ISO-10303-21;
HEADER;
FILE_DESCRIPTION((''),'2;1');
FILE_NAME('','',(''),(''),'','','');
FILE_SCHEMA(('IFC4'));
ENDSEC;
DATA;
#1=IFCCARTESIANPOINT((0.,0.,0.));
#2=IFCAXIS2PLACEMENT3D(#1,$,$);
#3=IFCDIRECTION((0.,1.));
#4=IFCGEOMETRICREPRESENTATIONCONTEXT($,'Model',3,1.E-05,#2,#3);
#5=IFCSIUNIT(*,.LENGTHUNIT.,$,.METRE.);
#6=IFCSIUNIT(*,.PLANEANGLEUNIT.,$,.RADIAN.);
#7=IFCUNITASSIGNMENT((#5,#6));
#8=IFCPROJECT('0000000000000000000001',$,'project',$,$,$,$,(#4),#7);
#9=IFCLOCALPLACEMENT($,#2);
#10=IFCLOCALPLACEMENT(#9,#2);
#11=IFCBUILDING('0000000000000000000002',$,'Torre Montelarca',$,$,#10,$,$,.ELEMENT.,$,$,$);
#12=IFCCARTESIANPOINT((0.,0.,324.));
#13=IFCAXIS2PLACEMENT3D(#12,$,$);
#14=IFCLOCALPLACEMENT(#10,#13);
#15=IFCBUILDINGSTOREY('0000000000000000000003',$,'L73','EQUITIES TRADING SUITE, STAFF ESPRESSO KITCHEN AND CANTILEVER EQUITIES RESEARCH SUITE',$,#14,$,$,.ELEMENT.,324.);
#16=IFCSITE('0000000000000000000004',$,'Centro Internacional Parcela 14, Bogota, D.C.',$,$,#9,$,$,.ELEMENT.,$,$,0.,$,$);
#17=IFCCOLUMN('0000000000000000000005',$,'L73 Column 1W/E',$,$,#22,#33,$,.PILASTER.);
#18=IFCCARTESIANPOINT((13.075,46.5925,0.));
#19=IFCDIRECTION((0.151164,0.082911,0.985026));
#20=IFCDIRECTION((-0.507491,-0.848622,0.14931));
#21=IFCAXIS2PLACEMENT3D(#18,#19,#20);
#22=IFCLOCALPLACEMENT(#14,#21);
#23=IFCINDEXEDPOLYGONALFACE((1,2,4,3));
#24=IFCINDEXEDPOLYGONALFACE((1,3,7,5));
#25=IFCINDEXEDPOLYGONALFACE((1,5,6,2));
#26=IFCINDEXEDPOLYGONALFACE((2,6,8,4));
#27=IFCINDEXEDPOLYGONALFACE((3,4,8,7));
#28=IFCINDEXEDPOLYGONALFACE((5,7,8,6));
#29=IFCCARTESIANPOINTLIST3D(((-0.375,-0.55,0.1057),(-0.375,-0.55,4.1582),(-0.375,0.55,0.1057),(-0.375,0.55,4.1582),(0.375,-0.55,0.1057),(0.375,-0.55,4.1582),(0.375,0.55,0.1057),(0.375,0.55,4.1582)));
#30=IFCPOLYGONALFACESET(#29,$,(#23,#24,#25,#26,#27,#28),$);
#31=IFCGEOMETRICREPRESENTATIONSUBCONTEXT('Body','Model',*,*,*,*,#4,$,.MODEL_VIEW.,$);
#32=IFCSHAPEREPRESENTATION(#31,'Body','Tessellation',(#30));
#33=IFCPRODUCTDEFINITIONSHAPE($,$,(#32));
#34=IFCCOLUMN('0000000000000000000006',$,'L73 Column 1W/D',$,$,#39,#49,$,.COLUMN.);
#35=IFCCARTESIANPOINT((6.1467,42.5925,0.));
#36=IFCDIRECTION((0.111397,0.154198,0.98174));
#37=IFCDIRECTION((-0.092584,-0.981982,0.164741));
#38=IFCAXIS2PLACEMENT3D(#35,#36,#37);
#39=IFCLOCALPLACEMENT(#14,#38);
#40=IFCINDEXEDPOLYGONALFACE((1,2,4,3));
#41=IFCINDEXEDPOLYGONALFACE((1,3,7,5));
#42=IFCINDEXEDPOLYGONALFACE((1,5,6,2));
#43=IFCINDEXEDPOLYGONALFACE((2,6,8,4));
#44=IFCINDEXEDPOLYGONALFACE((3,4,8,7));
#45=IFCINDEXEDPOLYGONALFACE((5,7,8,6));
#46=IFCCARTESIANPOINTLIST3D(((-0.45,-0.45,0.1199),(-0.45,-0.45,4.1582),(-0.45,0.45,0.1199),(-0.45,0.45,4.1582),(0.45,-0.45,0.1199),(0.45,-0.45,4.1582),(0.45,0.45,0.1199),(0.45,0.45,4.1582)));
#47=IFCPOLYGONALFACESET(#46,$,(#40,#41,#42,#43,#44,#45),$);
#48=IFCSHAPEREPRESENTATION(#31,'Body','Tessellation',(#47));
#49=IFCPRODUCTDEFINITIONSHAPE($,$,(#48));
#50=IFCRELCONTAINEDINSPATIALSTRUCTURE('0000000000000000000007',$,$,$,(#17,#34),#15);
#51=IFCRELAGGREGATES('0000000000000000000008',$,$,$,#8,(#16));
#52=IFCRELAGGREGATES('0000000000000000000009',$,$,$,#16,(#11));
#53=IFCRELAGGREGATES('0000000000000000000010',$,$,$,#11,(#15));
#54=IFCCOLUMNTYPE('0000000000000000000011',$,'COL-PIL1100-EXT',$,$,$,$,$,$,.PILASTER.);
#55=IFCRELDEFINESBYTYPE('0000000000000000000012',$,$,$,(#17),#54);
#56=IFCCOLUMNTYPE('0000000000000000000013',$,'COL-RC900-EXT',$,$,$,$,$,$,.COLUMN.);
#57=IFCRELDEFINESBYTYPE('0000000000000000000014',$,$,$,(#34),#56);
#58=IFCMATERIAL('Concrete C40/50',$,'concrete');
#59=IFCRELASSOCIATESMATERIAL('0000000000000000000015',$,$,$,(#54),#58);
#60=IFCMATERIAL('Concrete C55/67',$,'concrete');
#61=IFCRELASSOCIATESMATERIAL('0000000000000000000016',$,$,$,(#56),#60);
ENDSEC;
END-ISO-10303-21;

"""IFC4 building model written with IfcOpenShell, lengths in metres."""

from ifc_helpers import new_model, si_unit, direction, frame, origin, origin_2d, place, context, subcontext, project, spatial, rectangle, extrude, clip, halfspace, material, material_profile, profile_set, type_object, element, save


model = new_model("IFC4")

# Units and contexts
model_context = context("Model", 3, precision=1e-05, world=origin(), true_north=direction((0.0, 1.0)))
body_context = subcontext(model_context, "Body", "Model", "MODEL_VIEW")
ifc_project = project(units=[si_unit("LENGTHUNIT", "METRE"), si_unit("PLANEANGLEUNIT", "RADIAN")], contexts=[model_context])

# Site, building, storey
site_placement = place(None, origin())
site = spatial("IfcSite", under=ifc_project, at=site_placement, Name="Centro Internacional Parcela 14, Bogota, D.C.", CompositionType="ELEMENT", RefElevation=0.0)
building_placement = place(site_placement, origin())
building = spatial("IfcBuilding", under=site, at=building_placement, Name="Torre Montelarca", CompositionType="ELEMENT")
storey_placement = place(building_placement, frame((0.0, 0.0, 324.0)))
storey = spatial("IfcBuildingStorey", under=building, at=storey_placement, Name="L73", Description="EQUITIES TRADING SUITE, STAFF ESPRESSO KITCHEN AND CANTILEVER EQUITIES RESEARCH SUITE", CompositionType="ELEMENT", Elevation=324.0)

# Columns
ifc_material_1 = material(Name="Concrete C40/50", Category="concrete")
ifc_material_profile_1 = material_profile(ifc_material_1, rectangle(XDim=0.75, YDim=1.1001, at=origin_2d()), Name="RC1100X750", Category="concrete")
ifc_profile_set_1 = profile_set([ifc_material_profile_1], Name="Concrete C40/50")
column_type_1 = type_object("IfcColumnType", Name="COL-PIL1100-EXT", PredefinedType="PILASTER", material=ifc_profile_set_1)
column_1_placement = place(storey_placement, frame((13.075, 46.5925, 0.0), z_axis=(0.151164, 0.082911, 0.985026), x_axis=(-0.507491, -0.848622, 0.14931)))
element("IfcColumn", 1, at=column_1_placement, inside=storey, type_object=column_type_1, Name="L73 Column 1W/E", PredefinedType="PILASTER", context=body_context, shape_type="Clipping", body=[
    clip(clip(extrude(rectangle(XDim=0.75, YDim=1.1001, at=origin_2d()), origin(), (0.0, 0.0, 1.0), 4.2639), halfspace(frame((0.0, 0.0, 0.1057), z_axis=(0.0, 0.0, -1.0), x_axis=(1.0, 0.0, 0.0)), False)), halfspace(frame((0.0, 0.0, 4.1582), z_axis=(0.0, 0.0, 1.0), x_axis=(1.0, 0.0, 0.0)), False)),
])
ifc_material_2 = material(Name="Concrete C55/67", Category="concrete")
ifc_material_profile_2 = material_profile(ifc_material_2, rectangle(XDim=0.8999, YDim=0.8999, at=origin_2d()), Name="RC900X900", Category="concrete")
ifc_profile_set_2 = profile_set([ifc_material_profile_2], Name="Concrete C55/67")
column_type_2 = type_object("IfcColumnType", Name="COL-RC900-EXT", PredefinedType="COLUMN", material=ifc_profile_set_2)
column_2_placement = place(storey_placement, frame((6.1467, 42.5925, 0.0), z_axis=(0.111397, 0.154198, 0.98174), x_axis=(-0.092584, -0.981982, 0.164741)))
element("IfcColumn", 2, at=column_2_placement, inside=storey, type_object=column_type_2, Name="L73 Column 1W/D", PredefinedType="COLUMN", context=body_context, shape_type="Clipping", body=[
    clip(clip(extrude(rectangle(XDim=0.8999, YDim=0.8999, at=origin_2d()), origin(), (0.0, 0.0, 1.0), 4.2781), halfspace(frame((0.0, 0.0, 0.1199), z_axis=(0.0, 0.0, -1.0), x_axis=(1.0, 0.0, 0.0)), False)), halfspace(frame((0.0, 0.0, 4.1582), z_axis=(0.0, 0.0, 1.0), x_axis=(1.0, 0.0, 0.0)), False)),
])

save(model, "model.ifc")
